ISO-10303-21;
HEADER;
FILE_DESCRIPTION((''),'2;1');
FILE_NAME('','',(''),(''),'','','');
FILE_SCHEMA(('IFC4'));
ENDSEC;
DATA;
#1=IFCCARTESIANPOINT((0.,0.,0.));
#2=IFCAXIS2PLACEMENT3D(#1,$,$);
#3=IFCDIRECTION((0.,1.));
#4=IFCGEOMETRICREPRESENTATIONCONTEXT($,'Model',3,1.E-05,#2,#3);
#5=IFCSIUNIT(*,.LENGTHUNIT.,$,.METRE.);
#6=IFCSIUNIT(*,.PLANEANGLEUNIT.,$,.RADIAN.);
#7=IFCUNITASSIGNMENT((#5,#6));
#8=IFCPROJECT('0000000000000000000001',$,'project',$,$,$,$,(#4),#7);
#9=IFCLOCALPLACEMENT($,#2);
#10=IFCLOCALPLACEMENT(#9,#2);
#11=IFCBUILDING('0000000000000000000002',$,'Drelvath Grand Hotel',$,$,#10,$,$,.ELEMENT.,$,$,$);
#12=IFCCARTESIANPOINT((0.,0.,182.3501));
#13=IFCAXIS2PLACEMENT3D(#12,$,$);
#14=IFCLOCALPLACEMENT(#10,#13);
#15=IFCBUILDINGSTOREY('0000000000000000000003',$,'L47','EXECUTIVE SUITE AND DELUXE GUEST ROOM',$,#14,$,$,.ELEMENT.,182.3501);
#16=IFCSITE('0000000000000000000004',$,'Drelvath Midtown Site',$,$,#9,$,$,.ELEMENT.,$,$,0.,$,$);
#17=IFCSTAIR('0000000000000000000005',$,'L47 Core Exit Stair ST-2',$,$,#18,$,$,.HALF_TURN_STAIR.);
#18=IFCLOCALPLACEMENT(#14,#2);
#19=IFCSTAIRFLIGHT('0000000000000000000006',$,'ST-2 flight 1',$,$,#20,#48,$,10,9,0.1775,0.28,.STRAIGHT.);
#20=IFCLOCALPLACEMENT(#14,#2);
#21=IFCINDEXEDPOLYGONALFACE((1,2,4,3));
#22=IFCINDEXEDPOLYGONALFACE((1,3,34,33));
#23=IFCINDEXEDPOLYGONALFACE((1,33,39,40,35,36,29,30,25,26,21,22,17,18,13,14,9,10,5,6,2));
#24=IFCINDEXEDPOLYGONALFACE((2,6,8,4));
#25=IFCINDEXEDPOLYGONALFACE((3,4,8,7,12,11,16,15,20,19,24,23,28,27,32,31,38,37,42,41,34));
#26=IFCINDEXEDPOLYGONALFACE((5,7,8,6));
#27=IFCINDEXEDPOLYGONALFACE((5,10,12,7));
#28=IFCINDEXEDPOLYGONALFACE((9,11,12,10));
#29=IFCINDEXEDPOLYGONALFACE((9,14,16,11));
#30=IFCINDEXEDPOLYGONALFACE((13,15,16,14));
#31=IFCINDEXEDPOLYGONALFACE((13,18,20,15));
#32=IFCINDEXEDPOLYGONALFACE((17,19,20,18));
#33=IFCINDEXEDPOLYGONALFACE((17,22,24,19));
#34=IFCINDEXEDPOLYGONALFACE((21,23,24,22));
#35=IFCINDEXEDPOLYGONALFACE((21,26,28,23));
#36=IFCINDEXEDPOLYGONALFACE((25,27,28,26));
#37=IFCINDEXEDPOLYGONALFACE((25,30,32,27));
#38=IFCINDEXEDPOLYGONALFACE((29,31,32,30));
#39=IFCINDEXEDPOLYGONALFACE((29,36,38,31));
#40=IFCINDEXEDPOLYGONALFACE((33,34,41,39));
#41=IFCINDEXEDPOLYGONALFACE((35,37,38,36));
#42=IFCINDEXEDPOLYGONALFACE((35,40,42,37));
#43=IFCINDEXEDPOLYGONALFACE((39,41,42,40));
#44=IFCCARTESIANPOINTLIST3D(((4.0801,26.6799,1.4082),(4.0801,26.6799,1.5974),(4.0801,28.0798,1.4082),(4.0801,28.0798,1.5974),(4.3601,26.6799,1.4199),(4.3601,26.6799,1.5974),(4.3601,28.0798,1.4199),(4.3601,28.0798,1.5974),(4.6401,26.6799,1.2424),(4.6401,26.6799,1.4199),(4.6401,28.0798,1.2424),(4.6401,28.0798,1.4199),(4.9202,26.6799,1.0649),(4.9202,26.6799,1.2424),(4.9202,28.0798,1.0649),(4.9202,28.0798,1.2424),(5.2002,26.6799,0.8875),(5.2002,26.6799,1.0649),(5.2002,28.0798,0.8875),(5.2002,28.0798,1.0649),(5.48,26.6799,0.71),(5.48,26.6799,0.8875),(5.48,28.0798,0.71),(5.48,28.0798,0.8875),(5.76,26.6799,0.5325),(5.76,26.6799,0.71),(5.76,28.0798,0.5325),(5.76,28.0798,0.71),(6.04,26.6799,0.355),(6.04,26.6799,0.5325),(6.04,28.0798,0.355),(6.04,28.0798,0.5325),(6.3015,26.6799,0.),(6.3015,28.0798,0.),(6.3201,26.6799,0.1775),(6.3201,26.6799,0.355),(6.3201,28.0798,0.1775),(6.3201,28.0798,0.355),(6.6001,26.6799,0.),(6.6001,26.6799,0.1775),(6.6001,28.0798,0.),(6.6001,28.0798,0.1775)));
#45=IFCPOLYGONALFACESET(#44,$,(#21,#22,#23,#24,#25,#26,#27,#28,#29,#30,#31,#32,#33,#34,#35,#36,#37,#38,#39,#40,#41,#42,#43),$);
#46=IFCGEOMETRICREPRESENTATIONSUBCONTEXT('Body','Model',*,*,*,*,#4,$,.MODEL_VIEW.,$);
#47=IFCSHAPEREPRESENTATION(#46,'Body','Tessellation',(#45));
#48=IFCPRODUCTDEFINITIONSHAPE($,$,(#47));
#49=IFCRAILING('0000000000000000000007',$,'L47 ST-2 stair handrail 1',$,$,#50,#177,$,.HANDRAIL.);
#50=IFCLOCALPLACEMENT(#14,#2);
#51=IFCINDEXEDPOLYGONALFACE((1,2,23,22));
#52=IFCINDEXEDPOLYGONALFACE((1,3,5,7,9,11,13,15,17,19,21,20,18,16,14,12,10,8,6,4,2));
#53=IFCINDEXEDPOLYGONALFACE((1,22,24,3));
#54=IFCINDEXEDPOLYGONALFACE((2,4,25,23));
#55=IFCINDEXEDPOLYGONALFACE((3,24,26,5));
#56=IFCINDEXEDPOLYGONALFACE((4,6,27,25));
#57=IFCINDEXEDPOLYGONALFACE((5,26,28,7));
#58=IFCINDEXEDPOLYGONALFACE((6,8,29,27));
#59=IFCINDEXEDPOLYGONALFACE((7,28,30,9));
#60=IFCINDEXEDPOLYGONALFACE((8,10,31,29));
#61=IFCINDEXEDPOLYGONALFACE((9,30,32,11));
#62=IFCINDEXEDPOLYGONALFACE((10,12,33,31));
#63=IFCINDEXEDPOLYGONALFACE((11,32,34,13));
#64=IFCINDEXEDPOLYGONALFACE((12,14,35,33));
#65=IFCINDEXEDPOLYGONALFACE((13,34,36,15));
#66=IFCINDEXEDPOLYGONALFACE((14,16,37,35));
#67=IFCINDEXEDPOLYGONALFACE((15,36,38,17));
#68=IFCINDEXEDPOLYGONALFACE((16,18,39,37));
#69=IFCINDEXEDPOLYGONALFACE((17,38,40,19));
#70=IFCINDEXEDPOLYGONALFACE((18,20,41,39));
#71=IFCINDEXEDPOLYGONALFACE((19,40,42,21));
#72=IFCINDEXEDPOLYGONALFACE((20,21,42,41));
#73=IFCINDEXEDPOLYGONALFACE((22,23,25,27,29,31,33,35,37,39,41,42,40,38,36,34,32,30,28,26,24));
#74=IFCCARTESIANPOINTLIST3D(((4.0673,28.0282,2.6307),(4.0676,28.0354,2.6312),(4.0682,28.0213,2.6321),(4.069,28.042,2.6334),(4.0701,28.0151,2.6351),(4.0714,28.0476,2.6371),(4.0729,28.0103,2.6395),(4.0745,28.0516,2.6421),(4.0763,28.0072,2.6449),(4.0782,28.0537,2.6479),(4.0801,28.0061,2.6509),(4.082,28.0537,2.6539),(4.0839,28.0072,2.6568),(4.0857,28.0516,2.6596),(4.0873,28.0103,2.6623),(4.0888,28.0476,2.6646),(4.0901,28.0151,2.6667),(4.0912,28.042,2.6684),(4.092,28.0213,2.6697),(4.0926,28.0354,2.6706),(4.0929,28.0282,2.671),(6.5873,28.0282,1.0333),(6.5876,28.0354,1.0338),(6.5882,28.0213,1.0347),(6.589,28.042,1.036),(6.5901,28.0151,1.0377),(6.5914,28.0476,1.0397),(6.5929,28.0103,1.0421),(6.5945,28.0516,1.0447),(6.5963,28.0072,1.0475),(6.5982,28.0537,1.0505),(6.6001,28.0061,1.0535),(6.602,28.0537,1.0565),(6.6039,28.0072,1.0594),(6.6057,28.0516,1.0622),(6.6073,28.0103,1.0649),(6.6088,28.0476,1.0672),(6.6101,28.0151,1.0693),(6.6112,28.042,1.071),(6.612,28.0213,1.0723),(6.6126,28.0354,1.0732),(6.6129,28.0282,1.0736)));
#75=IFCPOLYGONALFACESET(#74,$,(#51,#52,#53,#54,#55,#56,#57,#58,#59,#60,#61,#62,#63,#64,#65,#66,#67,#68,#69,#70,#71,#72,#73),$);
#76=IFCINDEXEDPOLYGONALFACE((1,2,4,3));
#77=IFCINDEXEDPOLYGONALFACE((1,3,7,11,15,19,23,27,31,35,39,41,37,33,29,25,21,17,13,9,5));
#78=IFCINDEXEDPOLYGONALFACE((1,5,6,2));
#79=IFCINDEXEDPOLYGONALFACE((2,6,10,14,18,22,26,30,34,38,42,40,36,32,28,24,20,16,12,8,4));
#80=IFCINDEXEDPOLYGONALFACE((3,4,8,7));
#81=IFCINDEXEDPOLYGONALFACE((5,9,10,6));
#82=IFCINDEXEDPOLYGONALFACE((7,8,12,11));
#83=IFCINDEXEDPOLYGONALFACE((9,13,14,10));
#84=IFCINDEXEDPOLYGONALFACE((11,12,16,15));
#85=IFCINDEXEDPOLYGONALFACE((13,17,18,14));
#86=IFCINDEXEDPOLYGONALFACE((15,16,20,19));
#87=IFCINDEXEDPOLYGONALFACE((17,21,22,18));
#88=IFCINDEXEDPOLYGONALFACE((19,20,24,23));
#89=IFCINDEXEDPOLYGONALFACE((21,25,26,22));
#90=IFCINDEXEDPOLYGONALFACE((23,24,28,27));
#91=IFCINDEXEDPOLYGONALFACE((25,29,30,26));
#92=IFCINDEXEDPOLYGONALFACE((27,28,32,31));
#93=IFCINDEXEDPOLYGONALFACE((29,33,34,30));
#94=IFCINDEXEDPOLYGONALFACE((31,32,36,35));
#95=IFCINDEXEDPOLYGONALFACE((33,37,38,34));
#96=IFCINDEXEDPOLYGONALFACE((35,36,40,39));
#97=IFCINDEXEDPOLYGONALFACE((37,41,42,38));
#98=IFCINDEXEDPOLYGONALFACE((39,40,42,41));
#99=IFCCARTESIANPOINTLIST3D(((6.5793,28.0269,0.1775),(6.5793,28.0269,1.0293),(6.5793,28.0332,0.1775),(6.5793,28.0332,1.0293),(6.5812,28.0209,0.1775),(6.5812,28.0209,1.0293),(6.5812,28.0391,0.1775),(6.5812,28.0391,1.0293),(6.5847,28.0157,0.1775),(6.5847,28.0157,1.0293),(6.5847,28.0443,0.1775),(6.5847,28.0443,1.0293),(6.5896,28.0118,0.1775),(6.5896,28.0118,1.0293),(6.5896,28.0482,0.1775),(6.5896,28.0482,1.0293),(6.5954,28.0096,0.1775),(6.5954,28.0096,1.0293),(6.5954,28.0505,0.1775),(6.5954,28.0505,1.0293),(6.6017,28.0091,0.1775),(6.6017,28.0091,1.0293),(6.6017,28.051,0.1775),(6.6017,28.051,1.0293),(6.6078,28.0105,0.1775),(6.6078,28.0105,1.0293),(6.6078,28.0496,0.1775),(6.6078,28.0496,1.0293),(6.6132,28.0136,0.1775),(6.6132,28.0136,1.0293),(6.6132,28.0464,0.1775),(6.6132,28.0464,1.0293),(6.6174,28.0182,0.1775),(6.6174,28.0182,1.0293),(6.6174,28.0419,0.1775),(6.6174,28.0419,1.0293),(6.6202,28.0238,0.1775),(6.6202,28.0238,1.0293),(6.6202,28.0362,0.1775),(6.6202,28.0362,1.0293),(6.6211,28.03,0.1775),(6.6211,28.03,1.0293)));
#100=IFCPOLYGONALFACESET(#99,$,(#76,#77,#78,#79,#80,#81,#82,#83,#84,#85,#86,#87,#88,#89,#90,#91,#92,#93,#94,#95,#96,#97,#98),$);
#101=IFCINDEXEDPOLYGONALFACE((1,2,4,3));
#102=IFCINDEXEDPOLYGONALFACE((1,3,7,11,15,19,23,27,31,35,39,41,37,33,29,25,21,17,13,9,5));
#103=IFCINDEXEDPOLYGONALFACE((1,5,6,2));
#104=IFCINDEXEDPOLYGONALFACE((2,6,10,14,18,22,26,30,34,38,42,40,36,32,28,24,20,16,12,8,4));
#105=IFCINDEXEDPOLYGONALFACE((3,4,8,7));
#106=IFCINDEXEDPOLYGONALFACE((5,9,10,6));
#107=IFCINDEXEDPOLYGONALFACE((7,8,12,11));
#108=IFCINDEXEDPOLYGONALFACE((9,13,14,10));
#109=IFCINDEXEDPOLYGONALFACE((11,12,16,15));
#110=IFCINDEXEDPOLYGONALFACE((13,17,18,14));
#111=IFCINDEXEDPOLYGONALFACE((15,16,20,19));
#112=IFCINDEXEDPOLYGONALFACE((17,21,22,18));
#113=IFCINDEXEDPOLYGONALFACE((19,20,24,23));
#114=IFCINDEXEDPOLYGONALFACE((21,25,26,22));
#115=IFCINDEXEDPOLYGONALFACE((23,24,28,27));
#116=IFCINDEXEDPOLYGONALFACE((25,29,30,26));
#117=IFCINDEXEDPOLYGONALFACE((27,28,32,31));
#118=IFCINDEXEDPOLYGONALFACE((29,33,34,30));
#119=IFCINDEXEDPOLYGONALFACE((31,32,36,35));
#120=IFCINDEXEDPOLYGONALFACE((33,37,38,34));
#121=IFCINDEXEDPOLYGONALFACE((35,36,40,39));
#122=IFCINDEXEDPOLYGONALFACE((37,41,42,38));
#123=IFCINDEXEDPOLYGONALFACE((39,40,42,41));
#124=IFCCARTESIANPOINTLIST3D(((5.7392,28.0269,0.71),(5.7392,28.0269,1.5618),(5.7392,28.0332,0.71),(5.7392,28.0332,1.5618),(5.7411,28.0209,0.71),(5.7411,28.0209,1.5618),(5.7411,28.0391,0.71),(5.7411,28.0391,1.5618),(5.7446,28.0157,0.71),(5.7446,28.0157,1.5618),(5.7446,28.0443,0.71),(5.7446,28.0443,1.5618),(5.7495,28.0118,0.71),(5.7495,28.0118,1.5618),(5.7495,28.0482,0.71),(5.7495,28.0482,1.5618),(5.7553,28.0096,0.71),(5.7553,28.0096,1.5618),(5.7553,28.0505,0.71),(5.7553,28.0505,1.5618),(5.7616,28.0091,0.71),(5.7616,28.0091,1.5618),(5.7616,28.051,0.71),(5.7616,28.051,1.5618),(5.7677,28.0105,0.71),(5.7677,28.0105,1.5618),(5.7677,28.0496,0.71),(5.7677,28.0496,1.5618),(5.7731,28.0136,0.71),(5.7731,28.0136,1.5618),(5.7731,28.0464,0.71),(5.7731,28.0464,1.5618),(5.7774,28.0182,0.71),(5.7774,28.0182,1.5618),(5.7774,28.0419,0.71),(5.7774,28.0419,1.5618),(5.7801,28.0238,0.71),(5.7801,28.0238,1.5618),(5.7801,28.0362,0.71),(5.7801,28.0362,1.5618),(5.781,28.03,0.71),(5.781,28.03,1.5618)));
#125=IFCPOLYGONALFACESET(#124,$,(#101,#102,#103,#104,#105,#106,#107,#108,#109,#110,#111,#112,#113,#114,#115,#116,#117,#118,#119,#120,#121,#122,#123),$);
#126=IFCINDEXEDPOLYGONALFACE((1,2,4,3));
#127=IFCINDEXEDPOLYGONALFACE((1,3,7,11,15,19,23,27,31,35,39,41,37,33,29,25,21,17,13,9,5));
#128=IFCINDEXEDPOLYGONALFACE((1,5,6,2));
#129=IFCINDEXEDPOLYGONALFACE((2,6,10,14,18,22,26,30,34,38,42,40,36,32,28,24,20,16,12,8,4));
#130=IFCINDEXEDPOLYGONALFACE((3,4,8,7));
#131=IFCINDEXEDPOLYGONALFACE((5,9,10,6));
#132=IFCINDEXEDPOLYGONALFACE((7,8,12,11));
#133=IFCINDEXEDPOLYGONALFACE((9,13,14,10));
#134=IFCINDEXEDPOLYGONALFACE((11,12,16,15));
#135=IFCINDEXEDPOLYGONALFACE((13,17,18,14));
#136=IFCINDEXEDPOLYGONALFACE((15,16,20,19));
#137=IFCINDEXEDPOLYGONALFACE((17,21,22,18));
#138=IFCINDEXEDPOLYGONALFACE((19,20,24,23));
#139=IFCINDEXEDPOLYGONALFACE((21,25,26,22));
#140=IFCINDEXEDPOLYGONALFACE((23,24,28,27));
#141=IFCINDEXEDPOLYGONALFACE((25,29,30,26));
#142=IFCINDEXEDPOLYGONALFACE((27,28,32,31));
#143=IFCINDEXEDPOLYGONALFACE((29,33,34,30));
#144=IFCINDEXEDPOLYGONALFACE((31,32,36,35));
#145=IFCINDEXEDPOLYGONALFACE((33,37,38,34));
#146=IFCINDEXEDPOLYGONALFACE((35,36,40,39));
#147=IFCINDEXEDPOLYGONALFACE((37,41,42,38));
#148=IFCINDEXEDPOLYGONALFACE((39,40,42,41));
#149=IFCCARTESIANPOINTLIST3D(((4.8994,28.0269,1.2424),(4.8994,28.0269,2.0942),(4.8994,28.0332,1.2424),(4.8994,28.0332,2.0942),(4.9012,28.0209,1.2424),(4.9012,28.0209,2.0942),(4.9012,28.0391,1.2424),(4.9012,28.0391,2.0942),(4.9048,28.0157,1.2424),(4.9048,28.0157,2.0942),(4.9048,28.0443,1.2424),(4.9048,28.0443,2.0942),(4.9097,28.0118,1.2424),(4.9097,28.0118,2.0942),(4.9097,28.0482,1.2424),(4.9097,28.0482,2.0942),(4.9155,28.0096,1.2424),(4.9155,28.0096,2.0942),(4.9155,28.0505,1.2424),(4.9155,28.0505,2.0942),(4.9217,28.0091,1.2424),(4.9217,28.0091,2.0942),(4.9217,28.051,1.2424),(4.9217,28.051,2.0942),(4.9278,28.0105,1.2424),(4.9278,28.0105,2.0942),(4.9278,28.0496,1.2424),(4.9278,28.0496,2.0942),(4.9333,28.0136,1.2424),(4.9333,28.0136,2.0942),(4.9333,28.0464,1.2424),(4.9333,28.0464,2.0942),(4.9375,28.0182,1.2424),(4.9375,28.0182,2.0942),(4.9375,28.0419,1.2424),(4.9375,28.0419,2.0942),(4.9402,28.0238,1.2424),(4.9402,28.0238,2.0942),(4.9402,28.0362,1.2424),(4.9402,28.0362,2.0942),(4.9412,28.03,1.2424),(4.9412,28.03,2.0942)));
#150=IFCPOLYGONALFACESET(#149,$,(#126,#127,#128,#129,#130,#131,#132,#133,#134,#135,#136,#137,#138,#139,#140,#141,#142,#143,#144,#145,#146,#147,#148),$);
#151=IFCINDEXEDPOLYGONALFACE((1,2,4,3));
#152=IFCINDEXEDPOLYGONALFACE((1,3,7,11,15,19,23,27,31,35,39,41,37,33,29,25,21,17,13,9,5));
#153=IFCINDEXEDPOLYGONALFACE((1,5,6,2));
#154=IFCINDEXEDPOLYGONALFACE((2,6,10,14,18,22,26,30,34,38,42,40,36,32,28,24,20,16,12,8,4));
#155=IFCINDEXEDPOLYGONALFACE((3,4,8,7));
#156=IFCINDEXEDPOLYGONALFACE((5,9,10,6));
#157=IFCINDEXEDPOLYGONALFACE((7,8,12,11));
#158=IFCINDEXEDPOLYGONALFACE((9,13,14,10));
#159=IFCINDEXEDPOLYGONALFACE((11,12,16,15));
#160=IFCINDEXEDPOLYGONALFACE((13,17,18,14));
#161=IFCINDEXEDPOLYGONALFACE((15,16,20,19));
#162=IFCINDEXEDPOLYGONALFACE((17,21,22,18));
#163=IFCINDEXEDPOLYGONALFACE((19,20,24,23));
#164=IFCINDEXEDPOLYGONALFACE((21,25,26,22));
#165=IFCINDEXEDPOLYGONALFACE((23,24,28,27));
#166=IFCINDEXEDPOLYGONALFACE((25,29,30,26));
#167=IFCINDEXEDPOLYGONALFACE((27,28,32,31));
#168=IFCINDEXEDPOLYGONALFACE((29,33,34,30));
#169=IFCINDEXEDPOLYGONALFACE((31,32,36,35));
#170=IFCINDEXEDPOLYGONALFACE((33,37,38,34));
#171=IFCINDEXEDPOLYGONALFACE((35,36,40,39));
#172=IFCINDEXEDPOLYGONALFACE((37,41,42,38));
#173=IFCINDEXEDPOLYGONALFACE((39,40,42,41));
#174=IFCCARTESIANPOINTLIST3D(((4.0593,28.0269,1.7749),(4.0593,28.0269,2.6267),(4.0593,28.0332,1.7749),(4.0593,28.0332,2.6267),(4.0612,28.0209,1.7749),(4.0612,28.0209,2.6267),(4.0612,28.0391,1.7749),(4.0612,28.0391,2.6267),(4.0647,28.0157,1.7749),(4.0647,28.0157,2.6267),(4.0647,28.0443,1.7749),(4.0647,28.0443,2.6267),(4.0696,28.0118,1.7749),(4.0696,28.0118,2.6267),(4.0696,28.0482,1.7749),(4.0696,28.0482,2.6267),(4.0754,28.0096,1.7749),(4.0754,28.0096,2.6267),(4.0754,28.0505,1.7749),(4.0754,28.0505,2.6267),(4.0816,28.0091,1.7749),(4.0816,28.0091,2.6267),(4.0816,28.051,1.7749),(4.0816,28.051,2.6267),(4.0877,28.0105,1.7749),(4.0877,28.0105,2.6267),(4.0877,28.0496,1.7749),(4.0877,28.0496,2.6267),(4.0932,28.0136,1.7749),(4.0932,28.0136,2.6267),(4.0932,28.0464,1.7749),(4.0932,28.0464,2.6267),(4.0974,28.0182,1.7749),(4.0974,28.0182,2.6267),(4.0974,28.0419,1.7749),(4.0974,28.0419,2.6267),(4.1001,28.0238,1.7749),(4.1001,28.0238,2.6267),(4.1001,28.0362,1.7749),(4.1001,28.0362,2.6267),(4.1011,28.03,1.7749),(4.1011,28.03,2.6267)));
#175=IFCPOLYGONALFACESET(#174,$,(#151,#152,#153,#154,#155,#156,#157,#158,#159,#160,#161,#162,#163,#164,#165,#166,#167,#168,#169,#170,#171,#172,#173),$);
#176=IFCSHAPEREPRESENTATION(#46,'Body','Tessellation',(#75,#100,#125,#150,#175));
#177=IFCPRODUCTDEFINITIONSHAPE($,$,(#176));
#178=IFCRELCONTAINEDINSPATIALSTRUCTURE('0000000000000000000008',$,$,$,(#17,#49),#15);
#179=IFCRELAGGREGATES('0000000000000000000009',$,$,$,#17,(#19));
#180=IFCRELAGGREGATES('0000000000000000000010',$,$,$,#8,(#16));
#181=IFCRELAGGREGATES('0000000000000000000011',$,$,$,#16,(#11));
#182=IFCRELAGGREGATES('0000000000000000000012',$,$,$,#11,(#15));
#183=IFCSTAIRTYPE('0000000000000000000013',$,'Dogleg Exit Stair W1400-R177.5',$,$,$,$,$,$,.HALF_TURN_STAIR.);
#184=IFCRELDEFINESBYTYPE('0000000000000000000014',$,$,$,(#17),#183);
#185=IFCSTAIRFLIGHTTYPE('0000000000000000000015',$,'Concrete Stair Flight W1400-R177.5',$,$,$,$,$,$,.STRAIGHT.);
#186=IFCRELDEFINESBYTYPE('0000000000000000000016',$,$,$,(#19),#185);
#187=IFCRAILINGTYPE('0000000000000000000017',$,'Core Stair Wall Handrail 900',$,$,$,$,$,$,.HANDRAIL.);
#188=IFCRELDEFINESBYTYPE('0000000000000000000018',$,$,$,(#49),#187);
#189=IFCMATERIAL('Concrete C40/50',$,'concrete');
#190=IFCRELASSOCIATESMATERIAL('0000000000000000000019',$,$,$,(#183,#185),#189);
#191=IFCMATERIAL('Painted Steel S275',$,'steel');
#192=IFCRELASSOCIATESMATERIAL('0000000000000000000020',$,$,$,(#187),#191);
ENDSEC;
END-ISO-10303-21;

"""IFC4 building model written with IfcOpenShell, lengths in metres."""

from ifc_helpers import new_model, si_unit, direction, frame, origin, origin_2d, place, context, subcontext, project, spatial, polyline, circle, outline, extrude, material, type_object, element, aggregate, save


model = new_model("IFC4")

# Units and contexts
model_context = context("Model", 3, precision=1e-05, world=origin(), true_north=direction((0.0, 1.0)))
body_context = subcontext(model_context, "Body", "Model", "MODEL_VIEW")
ifc_project = project(units=[si_unit("LENGTHUNIT", "METRE"), si_unit("PLANEANGLEUNIT", "RADIAN")], contexts=[model_context])

# Site, building, storey
site_placement = place(None, origin())
site = spatial("IfcSite", under=ifc_project, at=site_placement, Name="Drelvath Midtown Site", CompositionType="ELEMENT", RefElevation=0.0)
building_placement = place(site_placement, origin())
building = spatial("IfcBuilding", under=site, at=building_placement, Name="Drelvath Grand Hotel", CompositionType="ELEMENT")
storey_placement = place(building_placement, frame((0.0, 0.0, 182.3501)))
storey = spatial("IfcBuildingStorey", under=building, at=storey_placement, Name="L47", Description="EXECUTIVE SUITE AND DELUXE GUEST ROOM", CompositionType="ELEMENT", Elevation=182.3501)

# Shared definitions
ifc_material_1 = material(Name="Concrete C40/50", Category="concrete")

# Shared definitions
ifc_material_2 = material(Name="Painted Steel S275", Category="steel")

# Stair, stair flight
stair_type = type_object("IfcStairType", Name="Dogleg Exit Stair W1400-R177.5", PredefinedType="HALF_TURN_STAIR", material=ifc_material_1)
stair_placement = place(storey_placement, origin())
stair = element("IfcStair", 1, at=stair_placement, inside=storey, type_object=stair_type, Name="L47 Core Exit Stair ST-2", PredefinedType="HALF_TURN_STAIR")
stair_flight_type = type_object("IfcStairFlightType", Name="Concrete Stair Flight W1400-R177.5", PredefinedType="STRAIGHT", material=ifc_material_1)
stair_flight_placement = place(storey_placement, frame((6.6001, 27.3799, 0.0), z_axis=(0.0, 0.0, 1.0), x_axis=(-1.0, 0.0, 0.0)))
stair_flight = element("IfcStairFlight", 2, at=stair_flight_placement, type_object=stair_flight_type, Name="ST-2 flight 1", NumberOfRisers=10, NumberOfTreads=9, PredefinedType="STRAIGHT", RiserHeight=0.1775, TreadLength=0.28, context=body_context, shape_type="SweptSolid", body=[
    extrude(outline(polyline([(0.0, 0.0), (0.0, 0.1775), (0.28, 0.1775), (0.28, 0.355), (0.5601, 0.355), (0.5601, 0.5325), (0.8401, 0.5325), (0.8401, 0.71), (1.1201, 0.71), (1.1201, 0.8875), (1.3999, 0.8875), (1.3999, 1.0649), (1.6799, 1.0649), (1.6799, 1.2424), (1.96, 1.2424), (1.96, 1.4199), (2.24, 1.4199), (2.24, 1.5974), (2.52, 1.5974), (2.52, 1.7749), (2.52, 1.4082), (0.2986, 0.0), (0.0, 0.0)])), frame((0.0, 0.7, 0.0), z_axis=(0.0, -1.0, 0.0), x_axis=(1.0, 0.0, 0.0)), (0.0, 0.0, 1.0), 1.3999),
])
aggregate(stair, [stair_flight])

# Railing
railing_type = type_object("IfcRailingType", Name="Core Stair Wall Handrail 900", PredefinedType="HANDRAIL", material=ifc_material_2)
railing_placement = place(storey_placement, frame((6.6001, 28.03, 0.1775)))
element("IfcRailing", 3, at=railing_placement, inside=storey, type_object=railing_type, Name="L47 ST-2 stair handrail 1", PredefinedType="HANDRAIL", context=body_context, shape_type="SweptSolid", body=[
    extrude(circle(Radius=0.0239, at=origin_2d()), frame((0.0, 0.0, 0.876), z_axis=(-0.844607, 0.0, 0.535387), x_axis=(0.0, -1.0, 0.0)), (0.0, 0.0, 1.0), 2.9836),
    extrude(circle(Radius=0.021, at=origin_2d()), origin(), (0.0, 0.0, 1.0), 0.8518),
    extrude(circle(Radius=0.021, at=origin_2d()), frame((-0.8401, 0.0, 0.5325)), (0.0, 0.0, 1.0), 0.8518),
    extrude(circle(Radius=0.021, at=origin_2d()), frame((-1.6799, 0.0, 1.0649)), (0.0, 0.0, 1.0), 0.8518),
    extrude(circle(Radius=0.021, at=origin_2d()), frame((-2.52, 0.0, 1.5974)), (0.0, 0.0, 1.0), 0.8518),
])

save(model, "model.ifc")
